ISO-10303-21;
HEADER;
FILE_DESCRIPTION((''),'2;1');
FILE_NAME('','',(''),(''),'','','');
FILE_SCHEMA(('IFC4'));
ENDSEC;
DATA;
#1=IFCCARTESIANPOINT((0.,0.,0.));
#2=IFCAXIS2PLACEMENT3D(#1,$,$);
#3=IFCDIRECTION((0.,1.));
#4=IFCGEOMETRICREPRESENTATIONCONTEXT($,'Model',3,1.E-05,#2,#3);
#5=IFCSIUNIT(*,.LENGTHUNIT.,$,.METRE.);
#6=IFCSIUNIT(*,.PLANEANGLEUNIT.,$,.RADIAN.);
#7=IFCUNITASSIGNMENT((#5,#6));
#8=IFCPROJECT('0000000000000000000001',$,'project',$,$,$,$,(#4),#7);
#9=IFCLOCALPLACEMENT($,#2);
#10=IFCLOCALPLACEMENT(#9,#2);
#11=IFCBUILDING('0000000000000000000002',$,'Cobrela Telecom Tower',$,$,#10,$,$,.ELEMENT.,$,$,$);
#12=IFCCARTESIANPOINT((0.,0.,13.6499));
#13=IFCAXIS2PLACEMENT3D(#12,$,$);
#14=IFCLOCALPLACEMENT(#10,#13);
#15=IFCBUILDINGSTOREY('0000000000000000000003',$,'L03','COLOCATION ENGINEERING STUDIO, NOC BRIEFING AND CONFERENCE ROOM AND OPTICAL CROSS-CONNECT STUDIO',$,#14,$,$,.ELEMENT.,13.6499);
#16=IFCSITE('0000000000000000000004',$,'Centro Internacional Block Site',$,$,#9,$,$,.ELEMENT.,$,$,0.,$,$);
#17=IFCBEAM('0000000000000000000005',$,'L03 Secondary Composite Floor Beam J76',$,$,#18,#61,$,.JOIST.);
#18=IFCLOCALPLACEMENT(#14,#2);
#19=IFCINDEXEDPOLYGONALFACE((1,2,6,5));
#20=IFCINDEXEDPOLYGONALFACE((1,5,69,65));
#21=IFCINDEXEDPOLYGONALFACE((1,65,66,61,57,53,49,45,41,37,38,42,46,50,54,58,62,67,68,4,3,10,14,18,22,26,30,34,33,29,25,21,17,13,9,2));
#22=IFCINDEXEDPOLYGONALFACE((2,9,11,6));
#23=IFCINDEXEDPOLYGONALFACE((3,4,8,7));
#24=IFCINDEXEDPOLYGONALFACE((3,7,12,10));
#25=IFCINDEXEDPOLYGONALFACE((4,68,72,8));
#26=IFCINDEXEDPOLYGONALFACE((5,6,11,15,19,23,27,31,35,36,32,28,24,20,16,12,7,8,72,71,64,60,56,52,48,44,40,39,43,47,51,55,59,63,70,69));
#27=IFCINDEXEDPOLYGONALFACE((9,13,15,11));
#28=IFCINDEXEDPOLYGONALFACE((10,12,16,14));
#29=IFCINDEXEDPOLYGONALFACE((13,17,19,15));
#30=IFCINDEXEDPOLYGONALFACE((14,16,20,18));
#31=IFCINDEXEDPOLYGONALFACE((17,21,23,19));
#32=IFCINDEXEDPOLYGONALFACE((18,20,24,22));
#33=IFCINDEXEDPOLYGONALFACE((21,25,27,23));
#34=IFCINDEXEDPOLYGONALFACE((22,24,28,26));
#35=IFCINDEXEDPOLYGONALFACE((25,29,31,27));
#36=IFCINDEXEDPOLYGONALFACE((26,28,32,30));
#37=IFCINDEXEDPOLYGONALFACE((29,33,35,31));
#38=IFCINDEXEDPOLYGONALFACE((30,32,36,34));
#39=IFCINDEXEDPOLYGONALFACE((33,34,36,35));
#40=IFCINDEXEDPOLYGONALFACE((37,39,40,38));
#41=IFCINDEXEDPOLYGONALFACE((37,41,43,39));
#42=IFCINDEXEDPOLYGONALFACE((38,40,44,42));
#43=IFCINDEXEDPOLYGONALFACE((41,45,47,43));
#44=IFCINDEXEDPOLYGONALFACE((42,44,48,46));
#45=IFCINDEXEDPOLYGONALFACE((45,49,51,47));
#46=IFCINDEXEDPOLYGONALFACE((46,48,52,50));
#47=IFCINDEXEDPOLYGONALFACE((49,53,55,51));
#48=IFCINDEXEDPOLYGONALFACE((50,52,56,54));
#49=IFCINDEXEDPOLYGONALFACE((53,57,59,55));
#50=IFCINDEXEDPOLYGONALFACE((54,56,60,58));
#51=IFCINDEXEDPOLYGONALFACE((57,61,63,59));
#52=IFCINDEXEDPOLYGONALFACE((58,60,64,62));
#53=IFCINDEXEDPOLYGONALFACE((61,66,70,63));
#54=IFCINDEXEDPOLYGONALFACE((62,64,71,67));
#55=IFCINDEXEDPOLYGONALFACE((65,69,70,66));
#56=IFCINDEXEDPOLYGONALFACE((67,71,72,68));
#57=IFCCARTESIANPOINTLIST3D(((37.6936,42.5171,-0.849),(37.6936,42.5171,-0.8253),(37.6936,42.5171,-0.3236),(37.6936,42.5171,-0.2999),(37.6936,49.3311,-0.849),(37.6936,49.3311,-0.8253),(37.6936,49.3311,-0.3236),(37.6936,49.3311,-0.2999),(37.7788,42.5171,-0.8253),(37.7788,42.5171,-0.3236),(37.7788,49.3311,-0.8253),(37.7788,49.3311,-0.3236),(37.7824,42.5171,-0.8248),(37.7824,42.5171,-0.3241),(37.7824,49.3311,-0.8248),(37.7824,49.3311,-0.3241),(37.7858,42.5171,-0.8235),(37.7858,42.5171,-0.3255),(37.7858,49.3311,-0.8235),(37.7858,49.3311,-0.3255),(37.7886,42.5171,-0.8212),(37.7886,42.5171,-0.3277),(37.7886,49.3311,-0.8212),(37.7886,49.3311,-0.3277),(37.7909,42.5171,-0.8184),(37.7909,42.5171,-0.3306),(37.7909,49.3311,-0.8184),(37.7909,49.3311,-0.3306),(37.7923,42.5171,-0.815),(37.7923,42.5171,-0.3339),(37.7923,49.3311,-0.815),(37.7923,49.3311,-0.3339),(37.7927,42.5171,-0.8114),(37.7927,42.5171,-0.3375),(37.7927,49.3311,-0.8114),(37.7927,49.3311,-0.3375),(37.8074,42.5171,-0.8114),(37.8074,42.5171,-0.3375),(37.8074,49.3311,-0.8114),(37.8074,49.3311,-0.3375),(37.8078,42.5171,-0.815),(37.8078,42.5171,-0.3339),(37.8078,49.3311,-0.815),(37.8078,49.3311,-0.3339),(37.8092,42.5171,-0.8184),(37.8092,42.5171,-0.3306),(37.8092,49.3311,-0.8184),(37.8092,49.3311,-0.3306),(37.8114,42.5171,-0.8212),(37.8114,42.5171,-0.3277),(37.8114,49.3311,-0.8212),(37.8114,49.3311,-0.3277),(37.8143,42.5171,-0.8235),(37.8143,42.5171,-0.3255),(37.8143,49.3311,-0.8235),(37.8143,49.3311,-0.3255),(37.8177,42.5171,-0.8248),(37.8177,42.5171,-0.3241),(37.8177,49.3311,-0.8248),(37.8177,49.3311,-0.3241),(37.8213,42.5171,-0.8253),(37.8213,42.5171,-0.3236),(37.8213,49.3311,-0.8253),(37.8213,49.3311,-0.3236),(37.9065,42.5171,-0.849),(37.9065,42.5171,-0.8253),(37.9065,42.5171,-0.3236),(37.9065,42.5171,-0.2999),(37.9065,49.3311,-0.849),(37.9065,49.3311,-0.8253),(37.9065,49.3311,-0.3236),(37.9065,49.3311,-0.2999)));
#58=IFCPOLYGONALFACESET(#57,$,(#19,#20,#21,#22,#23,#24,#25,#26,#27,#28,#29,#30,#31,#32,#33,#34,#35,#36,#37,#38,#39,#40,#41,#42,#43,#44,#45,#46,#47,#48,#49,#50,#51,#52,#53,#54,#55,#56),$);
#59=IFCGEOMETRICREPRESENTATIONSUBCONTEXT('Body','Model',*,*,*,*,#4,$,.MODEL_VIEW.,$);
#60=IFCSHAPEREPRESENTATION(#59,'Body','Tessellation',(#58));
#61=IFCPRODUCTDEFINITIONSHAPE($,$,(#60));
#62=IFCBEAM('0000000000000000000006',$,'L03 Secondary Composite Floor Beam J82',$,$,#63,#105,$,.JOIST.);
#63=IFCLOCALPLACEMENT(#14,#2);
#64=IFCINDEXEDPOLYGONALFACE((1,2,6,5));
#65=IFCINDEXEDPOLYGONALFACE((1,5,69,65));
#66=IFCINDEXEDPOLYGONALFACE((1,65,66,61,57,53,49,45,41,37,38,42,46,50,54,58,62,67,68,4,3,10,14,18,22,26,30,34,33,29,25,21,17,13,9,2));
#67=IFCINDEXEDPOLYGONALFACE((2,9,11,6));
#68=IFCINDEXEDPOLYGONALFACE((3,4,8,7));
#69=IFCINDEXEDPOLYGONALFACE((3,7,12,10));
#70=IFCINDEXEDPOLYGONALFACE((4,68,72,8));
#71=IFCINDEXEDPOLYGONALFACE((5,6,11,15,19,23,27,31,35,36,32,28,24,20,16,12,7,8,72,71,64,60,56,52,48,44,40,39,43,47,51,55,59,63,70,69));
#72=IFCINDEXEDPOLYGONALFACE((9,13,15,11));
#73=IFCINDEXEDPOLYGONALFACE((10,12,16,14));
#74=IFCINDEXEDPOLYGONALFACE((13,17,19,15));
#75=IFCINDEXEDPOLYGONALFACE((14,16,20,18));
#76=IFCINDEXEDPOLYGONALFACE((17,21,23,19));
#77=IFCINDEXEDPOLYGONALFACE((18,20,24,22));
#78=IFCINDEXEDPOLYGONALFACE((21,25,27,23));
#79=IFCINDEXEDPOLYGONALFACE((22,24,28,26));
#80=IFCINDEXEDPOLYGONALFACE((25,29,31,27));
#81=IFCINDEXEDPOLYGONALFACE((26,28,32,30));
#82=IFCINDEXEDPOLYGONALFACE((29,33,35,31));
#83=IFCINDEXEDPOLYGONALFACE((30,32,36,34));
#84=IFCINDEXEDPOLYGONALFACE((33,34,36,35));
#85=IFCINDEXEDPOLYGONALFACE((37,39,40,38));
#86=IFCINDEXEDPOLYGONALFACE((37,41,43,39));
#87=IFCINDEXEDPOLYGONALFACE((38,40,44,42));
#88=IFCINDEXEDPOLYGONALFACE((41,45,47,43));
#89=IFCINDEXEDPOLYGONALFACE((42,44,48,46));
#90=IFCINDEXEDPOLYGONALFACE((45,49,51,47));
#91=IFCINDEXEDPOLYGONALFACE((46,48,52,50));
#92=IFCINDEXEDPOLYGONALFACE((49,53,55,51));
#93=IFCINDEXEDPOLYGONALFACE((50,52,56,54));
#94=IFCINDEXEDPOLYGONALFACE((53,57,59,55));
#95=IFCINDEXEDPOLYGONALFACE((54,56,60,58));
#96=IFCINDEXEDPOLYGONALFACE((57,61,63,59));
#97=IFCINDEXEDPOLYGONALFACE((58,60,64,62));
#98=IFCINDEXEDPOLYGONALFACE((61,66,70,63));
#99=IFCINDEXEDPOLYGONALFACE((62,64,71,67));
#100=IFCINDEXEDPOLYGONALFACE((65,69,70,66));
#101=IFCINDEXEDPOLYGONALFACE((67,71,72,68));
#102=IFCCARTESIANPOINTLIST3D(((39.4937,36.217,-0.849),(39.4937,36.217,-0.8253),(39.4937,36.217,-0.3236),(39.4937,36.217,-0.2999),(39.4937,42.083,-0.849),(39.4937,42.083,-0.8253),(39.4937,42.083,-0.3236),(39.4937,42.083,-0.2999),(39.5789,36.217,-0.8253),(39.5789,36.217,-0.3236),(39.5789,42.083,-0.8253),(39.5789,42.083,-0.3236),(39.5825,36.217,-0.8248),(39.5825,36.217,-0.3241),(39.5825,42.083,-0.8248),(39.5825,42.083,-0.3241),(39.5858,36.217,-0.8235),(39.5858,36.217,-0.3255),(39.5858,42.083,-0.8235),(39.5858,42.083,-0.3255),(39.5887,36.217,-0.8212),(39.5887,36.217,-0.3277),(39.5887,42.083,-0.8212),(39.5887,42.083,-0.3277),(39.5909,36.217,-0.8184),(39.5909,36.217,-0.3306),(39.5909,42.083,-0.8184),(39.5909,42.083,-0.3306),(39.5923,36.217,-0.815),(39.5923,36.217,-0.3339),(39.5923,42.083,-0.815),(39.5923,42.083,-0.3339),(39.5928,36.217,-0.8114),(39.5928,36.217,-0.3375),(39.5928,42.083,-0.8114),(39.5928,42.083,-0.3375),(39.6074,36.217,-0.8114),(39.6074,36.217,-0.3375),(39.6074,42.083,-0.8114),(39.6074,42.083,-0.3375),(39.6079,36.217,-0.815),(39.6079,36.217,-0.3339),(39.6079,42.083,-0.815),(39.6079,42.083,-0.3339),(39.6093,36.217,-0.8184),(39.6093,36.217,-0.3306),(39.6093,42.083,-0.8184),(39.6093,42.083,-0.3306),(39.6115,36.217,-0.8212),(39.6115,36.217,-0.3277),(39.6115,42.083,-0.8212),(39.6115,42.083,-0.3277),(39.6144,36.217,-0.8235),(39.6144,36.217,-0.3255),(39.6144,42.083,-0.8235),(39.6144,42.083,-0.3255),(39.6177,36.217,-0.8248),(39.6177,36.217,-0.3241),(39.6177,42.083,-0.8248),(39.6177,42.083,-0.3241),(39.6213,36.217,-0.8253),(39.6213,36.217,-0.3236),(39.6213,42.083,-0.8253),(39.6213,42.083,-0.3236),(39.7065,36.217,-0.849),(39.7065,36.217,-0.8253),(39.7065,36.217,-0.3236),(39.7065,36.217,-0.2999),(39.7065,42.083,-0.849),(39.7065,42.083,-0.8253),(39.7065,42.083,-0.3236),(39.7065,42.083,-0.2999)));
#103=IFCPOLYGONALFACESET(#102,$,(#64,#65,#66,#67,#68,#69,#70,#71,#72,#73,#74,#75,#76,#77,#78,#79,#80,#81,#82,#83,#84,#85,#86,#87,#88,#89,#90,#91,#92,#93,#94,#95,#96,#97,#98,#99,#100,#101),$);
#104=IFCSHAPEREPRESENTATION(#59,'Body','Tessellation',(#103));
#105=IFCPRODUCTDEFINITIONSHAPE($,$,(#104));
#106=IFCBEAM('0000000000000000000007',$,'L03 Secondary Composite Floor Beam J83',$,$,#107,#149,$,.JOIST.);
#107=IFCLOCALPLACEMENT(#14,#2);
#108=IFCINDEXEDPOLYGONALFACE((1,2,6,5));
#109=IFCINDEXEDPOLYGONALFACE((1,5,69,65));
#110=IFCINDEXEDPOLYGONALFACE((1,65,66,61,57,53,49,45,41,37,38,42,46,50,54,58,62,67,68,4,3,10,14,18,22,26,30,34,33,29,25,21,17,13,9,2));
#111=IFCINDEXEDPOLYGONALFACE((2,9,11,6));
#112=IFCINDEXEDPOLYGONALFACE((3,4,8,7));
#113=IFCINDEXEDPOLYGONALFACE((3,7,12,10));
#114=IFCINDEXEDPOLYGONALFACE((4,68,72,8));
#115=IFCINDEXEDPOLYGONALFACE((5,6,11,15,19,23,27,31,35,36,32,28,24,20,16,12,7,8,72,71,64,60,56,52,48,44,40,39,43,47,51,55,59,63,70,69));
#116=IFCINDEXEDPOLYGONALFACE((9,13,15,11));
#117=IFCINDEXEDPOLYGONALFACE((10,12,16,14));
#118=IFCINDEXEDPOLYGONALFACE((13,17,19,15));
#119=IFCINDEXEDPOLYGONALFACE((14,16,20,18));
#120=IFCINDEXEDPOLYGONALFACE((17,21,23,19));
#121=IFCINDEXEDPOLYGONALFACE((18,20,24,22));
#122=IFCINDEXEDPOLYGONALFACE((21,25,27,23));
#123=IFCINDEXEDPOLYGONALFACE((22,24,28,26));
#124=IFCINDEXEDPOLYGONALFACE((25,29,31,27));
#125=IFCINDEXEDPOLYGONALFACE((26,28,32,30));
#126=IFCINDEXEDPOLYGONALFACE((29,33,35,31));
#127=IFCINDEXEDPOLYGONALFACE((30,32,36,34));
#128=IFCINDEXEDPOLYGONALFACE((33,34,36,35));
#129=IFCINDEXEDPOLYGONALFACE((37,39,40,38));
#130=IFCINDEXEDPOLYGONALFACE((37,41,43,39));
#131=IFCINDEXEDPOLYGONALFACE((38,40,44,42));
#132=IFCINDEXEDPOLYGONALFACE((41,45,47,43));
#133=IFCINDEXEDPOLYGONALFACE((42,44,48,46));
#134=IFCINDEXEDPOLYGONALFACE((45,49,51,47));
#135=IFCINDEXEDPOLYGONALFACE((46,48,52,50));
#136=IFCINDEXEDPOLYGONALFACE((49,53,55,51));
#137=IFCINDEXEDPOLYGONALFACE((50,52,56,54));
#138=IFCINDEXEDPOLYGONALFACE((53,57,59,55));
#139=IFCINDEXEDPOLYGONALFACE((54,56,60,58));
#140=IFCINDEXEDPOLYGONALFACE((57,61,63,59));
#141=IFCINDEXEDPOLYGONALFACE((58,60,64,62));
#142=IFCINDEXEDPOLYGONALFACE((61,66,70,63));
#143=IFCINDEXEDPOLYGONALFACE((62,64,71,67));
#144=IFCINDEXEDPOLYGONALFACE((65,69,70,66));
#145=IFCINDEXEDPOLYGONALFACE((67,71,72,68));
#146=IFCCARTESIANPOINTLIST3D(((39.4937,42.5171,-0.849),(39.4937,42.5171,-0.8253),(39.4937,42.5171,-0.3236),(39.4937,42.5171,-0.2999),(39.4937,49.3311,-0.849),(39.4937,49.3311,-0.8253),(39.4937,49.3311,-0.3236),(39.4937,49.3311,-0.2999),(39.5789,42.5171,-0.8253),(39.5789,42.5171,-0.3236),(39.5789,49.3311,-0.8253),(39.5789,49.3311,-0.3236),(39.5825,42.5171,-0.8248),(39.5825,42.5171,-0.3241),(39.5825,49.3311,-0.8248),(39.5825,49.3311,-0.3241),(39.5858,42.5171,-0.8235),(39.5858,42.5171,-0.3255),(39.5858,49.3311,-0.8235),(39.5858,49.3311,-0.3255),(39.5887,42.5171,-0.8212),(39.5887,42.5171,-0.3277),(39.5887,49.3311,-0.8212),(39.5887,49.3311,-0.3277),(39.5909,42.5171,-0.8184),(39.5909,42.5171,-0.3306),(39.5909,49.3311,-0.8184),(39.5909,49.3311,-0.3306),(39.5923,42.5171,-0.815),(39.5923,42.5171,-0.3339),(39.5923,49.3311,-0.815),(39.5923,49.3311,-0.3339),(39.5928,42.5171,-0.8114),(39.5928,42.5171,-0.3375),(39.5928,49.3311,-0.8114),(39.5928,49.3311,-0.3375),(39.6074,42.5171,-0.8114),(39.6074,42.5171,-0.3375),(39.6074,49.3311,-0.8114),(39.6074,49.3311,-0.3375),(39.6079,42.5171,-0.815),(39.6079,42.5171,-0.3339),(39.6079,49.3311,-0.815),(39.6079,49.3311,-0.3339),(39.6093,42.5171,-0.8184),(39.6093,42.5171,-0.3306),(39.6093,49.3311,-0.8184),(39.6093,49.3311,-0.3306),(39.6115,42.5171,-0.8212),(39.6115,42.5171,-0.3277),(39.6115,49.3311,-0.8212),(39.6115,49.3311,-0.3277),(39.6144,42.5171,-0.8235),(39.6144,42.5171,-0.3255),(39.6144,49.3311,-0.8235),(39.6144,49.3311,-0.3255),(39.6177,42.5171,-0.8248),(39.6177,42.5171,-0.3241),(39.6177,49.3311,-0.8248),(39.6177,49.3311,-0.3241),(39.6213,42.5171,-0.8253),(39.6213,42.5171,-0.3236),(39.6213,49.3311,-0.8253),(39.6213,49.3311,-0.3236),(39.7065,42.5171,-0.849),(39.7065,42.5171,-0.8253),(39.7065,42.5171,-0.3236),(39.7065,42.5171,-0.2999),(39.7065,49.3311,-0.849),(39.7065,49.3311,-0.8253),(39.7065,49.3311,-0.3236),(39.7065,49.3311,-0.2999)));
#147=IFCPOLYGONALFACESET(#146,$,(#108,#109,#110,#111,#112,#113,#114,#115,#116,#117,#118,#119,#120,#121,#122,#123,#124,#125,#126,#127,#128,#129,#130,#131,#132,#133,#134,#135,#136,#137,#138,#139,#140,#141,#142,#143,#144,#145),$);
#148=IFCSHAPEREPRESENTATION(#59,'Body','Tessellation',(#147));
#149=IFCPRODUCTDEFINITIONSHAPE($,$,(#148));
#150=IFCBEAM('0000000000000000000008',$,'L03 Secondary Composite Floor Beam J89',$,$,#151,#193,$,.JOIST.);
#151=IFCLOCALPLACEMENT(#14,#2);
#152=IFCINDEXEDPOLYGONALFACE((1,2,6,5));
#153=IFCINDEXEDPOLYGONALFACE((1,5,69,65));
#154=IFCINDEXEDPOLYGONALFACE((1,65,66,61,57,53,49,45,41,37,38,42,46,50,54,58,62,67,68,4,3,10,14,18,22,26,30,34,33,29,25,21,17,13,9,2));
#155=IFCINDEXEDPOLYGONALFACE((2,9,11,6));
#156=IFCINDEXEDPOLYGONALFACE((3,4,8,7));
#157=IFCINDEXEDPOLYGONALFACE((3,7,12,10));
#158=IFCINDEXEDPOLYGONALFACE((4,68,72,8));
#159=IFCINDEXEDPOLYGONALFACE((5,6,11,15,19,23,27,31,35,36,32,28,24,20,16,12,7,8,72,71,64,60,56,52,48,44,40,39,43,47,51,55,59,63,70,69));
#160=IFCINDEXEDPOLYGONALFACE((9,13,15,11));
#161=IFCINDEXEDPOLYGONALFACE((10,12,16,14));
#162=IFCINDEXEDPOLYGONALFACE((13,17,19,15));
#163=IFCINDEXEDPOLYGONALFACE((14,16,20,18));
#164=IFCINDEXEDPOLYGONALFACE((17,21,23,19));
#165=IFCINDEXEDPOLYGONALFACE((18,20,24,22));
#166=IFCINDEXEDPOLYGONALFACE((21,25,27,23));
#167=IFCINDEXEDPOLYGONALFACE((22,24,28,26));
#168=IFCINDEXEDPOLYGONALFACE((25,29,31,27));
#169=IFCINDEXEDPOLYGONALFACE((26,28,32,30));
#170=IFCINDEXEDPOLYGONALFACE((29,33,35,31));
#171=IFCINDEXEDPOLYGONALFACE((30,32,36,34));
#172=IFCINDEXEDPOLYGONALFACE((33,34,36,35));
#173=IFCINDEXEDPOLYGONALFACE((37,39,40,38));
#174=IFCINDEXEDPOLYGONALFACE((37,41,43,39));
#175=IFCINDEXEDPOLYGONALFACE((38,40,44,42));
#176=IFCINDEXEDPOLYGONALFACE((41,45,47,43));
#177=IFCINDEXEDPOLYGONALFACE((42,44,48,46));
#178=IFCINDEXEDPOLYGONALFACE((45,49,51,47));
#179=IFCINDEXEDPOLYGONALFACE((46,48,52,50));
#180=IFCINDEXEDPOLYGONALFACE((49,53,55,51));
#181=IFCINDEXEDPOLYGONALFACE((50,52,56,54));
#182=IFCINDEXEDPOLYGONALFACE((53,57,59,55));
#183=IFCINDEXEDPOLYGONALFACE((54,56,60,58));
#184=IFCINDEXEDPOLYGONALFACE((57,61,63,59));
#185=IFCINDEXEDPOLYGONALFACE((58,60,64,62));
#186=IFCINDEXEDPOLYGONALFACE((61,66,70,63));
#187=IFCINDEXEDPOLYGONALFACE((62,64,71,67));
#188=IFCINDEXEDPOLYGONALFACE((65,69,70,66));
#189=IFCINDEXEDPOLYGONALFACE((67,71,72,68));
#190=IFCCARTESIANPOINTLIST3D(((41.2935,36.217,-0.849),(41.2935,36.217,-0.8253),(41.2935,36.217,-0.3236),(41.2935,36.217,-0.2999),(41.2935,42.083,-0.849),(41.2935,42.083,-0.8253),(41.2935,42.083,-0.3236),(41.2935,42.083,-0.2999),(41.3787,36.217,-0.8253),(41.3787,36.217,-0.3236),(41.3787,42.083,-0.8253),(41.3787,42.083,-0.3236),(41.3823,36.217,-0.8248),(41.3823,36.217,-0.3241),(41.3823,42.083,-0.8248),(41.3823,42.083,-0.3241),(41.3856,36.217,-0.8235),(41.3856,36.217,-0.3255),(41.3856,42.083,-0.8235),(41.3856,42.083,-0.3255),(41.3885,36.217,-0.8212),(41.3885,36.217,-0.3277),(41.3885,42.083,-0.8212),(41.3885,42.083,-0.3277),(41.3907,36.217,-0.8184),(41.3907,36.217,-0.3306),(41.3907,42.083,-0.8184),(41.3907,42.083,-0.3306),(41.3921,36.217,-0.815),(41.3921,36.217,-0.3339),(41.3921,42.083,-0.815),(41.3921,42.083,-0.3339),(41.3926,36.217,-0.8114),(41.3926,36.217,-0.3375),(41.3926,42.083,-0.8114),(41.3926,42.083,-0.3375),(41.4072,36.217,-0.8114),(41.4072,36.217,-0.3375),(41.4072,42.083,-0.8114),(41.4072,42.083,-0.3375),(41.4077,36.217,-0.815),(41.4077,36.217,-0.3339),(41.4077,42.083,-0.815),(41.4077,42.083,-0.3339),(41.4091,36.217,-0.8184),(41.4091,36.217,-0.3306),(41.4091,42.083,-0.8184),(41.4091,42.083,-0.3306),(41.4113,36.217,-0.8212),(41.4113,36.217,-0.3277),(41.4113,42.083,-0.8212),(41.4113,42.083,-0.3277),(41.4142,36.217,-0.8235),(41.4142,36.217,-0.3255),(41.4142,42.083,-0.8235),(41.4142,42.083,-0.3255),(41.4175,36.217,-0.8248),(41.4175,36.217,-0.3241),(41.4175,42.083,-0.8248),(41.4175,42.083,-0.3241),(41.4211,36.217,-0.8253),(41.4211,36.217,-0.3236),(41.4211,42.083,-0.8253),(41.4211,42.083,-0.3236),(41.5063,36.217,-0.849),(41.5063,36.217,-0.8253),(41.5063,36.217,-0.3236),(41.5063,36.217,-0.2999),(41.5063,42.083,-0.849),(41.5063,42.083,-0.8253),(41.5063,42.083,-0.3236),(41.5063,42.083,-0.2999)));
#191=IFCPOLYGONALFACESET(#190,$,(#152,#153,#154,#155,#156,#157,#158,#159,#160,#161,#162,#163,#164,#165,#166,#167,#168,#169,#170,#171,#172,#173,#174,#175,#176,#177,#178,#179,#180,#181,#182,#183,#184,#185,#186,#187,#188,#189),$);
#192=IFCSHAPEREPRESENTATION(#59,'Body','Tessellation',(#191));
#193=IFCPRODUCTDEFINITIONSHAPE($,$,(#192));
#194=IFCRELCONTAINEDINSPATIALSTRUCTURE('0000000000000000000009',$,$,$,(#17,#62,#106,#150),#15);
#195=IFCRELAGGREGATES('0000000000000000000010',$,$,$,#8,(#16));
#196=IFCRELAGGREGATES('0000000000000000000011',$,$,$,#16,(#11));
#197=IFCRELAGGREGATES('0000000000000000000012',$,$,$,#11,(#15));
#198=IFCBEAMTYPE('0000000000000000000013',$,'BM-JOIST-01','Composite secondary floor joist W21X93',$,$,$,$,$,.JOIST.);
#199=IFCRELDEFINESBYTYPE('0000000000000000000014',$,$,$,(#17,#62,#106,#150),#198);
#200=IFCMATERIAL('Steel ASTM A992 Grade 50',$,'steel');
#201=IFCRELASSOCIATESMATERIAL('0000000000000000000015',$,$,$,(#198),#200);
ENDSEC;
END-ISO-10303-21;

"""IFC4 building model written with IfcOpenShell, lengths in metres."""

from ifc_helpers import new_model, si_unit, direction, frame, origin, origin_2d, place, context, subcontext, project, spatial, i_section, extrude, material, material_profile, profile_set, type_object, element, save


model = new_model("IFC4")

# Units and contexts
model_context = context("Model", 3, precision=1e-05, world=origin(), true_north=direction((0.0, 1.0)))
body_context = subcontext(model_context, "Body", "Model", "MODEL_VIEW")
ifc_project = project(units=[si_unit("LENGTHUNIT", "METRE"), si_unit("PLANEANGLEUNIT", "RADIAN")], contexts=[model_context])

# Site, building, storey
site_placement = place(None, origin())
site = spatial("IfcSite", under=ifc_project, at=site_placement, Name="Centro Internacional Block Site", CompositionType="ELEMENT", RefElevation=0.0)
building_placement = place(site_placement, origin())
building = spatial("IfcBuilding", under=site, at=building_placement, Name="Cobrela Telecom Tower", CompositionType="ELEMENT")
storey_placement = place(building_placement, frame((0.0, 0.0, 13.6499)))
storey = spatial("IfcBuildingStorey", under=building, at=storey_placement, Name="L03", Description="COLOCATION ENGINEERING STUDIO, NOC BRIEFING AND CONFERENCE ROOM AND OPTICAL CROSS-CONNECT STUDIO", CompositionType="ELEMENT", Elevation=13.6499)

# Beams
ifc_material_1 = material(Name="Steel ASTM A992 Grade 50", Category="steel")
ifc_material_profile_1 = material_profile(ifc_material_1, i_section(OverallWidth=0.2129, OverallDepth=0.5491, WebThickness=0.0146, FlangeThickness=0.0237, FilletRadius=0.0139, at=origin_2d()), Name="W21X93")
ifc_profile_set_1 = profile_set([ifc_material_profile_1], Name="Steel ASTM A992 Grade 50")
beam_type_1 = type_object("IfcBeamType", Name="BM-JOIST-01", Description="Composite secondary floor joist W21X93", PredefinedType="JOIST", material=ifc_profile_set_1)
for number, where, z_axis, x_axis, name in (
    (1, (37.8, 42.5171, -0.5745), (0.0, 1.0, 0.0), (-1.0, 0.0, 0.0), "L03 Secondary Composite Floor Beam J76"),
):
    element("IfcBeam", number, at=place(storey_placement, frame(where, z_axis=z_axis, x_axis=x_axis)), inside=storey, type_object=beam_type_1, Name=name, PredefinedType="JOIST", context=body_context, shape_type="SweptSolid", body=[
        extrude(i_section(OverallWidth=0.2129, OverallDepth=0.5491, WebThickness=0.0146, FlangeThickness=0.0237, FilletRadius=0.0139, at=origin_2d()), origin(), (0.0, 0.0, 1.0), 6.814),
    ])
beam_1_placement = place(storey_placement, frame((39.6001, 36.217, -0.5745), z_axis=(0.0, 1.0, 0.0), x_axis=(-1.0, 0.0, 0.0)))
element("IfcBeam", 2, at=beam_1_placement, inside=storey, type_object=beam_type_1, Name="L03 Secondary Composite Floor Beam J82", PredefinedType="JOIST", context=body_context, shape_type="SweptSolid", body=[
    extrude(i_section(OverallWidth=0.2129, OverallDepth=0.5491, WebThickness=0.0146, FlangeThickness=0.0237, FilletRadius=0.0139, at=origin_2d()), origin(), (0.0, 0.0, 1.0), 5.866),
])
beam_2_placement = place(storey_placement, frame((39.6001, 42.5171, -0.5745), z_axis=(0.0, 1.0, 0.0), x_axis=(-1.0, 0.0, 0.0)))
element("IfcBeam", 3, at=beam_2_placement, inside=storey, type_object=beam_type_1, Name="L03 Secondary Composite Floor Beam J83", PredefinedType="JOIST", context=body_context, shape_type="SweptSolid", body=[
    extrude(i_section(OverallWidth=0.2129, OverallDepth=0.5491, WebThickness=0.0146, FlangeThickness=0.0237, FilletRadius=0.0139, at=origin_2d()), origin(), (0.0, 0.0, 1.0), 6.814),
])
beam_3_placement = place(storey_placement, frame((41.3999, 36.217, -0.5745), z_axis=(0.0, 1.0, 0.0), x_axis=(-1.0, 0.0, 0.0)))
element("IfcBeam", 4, at=beam_3_placement, inside=storey, type_object=beam_type_1, Name="L03 Secondary Composite Floor Beam J89", PredefinedType="JOIST", context=body_context, shape_type="SweptSolid", body=[
    extrude(i_section(OverallWidth=0.2129, OverallDepth=0.5491, WebThickness=0.0146, FlangeThickness=0.0237, FilletRadius=0.0139, at=origin_2d()), origin(), (0.0, 0.0, 1.0), 5.866),
])

save(model, "model.ifc")
